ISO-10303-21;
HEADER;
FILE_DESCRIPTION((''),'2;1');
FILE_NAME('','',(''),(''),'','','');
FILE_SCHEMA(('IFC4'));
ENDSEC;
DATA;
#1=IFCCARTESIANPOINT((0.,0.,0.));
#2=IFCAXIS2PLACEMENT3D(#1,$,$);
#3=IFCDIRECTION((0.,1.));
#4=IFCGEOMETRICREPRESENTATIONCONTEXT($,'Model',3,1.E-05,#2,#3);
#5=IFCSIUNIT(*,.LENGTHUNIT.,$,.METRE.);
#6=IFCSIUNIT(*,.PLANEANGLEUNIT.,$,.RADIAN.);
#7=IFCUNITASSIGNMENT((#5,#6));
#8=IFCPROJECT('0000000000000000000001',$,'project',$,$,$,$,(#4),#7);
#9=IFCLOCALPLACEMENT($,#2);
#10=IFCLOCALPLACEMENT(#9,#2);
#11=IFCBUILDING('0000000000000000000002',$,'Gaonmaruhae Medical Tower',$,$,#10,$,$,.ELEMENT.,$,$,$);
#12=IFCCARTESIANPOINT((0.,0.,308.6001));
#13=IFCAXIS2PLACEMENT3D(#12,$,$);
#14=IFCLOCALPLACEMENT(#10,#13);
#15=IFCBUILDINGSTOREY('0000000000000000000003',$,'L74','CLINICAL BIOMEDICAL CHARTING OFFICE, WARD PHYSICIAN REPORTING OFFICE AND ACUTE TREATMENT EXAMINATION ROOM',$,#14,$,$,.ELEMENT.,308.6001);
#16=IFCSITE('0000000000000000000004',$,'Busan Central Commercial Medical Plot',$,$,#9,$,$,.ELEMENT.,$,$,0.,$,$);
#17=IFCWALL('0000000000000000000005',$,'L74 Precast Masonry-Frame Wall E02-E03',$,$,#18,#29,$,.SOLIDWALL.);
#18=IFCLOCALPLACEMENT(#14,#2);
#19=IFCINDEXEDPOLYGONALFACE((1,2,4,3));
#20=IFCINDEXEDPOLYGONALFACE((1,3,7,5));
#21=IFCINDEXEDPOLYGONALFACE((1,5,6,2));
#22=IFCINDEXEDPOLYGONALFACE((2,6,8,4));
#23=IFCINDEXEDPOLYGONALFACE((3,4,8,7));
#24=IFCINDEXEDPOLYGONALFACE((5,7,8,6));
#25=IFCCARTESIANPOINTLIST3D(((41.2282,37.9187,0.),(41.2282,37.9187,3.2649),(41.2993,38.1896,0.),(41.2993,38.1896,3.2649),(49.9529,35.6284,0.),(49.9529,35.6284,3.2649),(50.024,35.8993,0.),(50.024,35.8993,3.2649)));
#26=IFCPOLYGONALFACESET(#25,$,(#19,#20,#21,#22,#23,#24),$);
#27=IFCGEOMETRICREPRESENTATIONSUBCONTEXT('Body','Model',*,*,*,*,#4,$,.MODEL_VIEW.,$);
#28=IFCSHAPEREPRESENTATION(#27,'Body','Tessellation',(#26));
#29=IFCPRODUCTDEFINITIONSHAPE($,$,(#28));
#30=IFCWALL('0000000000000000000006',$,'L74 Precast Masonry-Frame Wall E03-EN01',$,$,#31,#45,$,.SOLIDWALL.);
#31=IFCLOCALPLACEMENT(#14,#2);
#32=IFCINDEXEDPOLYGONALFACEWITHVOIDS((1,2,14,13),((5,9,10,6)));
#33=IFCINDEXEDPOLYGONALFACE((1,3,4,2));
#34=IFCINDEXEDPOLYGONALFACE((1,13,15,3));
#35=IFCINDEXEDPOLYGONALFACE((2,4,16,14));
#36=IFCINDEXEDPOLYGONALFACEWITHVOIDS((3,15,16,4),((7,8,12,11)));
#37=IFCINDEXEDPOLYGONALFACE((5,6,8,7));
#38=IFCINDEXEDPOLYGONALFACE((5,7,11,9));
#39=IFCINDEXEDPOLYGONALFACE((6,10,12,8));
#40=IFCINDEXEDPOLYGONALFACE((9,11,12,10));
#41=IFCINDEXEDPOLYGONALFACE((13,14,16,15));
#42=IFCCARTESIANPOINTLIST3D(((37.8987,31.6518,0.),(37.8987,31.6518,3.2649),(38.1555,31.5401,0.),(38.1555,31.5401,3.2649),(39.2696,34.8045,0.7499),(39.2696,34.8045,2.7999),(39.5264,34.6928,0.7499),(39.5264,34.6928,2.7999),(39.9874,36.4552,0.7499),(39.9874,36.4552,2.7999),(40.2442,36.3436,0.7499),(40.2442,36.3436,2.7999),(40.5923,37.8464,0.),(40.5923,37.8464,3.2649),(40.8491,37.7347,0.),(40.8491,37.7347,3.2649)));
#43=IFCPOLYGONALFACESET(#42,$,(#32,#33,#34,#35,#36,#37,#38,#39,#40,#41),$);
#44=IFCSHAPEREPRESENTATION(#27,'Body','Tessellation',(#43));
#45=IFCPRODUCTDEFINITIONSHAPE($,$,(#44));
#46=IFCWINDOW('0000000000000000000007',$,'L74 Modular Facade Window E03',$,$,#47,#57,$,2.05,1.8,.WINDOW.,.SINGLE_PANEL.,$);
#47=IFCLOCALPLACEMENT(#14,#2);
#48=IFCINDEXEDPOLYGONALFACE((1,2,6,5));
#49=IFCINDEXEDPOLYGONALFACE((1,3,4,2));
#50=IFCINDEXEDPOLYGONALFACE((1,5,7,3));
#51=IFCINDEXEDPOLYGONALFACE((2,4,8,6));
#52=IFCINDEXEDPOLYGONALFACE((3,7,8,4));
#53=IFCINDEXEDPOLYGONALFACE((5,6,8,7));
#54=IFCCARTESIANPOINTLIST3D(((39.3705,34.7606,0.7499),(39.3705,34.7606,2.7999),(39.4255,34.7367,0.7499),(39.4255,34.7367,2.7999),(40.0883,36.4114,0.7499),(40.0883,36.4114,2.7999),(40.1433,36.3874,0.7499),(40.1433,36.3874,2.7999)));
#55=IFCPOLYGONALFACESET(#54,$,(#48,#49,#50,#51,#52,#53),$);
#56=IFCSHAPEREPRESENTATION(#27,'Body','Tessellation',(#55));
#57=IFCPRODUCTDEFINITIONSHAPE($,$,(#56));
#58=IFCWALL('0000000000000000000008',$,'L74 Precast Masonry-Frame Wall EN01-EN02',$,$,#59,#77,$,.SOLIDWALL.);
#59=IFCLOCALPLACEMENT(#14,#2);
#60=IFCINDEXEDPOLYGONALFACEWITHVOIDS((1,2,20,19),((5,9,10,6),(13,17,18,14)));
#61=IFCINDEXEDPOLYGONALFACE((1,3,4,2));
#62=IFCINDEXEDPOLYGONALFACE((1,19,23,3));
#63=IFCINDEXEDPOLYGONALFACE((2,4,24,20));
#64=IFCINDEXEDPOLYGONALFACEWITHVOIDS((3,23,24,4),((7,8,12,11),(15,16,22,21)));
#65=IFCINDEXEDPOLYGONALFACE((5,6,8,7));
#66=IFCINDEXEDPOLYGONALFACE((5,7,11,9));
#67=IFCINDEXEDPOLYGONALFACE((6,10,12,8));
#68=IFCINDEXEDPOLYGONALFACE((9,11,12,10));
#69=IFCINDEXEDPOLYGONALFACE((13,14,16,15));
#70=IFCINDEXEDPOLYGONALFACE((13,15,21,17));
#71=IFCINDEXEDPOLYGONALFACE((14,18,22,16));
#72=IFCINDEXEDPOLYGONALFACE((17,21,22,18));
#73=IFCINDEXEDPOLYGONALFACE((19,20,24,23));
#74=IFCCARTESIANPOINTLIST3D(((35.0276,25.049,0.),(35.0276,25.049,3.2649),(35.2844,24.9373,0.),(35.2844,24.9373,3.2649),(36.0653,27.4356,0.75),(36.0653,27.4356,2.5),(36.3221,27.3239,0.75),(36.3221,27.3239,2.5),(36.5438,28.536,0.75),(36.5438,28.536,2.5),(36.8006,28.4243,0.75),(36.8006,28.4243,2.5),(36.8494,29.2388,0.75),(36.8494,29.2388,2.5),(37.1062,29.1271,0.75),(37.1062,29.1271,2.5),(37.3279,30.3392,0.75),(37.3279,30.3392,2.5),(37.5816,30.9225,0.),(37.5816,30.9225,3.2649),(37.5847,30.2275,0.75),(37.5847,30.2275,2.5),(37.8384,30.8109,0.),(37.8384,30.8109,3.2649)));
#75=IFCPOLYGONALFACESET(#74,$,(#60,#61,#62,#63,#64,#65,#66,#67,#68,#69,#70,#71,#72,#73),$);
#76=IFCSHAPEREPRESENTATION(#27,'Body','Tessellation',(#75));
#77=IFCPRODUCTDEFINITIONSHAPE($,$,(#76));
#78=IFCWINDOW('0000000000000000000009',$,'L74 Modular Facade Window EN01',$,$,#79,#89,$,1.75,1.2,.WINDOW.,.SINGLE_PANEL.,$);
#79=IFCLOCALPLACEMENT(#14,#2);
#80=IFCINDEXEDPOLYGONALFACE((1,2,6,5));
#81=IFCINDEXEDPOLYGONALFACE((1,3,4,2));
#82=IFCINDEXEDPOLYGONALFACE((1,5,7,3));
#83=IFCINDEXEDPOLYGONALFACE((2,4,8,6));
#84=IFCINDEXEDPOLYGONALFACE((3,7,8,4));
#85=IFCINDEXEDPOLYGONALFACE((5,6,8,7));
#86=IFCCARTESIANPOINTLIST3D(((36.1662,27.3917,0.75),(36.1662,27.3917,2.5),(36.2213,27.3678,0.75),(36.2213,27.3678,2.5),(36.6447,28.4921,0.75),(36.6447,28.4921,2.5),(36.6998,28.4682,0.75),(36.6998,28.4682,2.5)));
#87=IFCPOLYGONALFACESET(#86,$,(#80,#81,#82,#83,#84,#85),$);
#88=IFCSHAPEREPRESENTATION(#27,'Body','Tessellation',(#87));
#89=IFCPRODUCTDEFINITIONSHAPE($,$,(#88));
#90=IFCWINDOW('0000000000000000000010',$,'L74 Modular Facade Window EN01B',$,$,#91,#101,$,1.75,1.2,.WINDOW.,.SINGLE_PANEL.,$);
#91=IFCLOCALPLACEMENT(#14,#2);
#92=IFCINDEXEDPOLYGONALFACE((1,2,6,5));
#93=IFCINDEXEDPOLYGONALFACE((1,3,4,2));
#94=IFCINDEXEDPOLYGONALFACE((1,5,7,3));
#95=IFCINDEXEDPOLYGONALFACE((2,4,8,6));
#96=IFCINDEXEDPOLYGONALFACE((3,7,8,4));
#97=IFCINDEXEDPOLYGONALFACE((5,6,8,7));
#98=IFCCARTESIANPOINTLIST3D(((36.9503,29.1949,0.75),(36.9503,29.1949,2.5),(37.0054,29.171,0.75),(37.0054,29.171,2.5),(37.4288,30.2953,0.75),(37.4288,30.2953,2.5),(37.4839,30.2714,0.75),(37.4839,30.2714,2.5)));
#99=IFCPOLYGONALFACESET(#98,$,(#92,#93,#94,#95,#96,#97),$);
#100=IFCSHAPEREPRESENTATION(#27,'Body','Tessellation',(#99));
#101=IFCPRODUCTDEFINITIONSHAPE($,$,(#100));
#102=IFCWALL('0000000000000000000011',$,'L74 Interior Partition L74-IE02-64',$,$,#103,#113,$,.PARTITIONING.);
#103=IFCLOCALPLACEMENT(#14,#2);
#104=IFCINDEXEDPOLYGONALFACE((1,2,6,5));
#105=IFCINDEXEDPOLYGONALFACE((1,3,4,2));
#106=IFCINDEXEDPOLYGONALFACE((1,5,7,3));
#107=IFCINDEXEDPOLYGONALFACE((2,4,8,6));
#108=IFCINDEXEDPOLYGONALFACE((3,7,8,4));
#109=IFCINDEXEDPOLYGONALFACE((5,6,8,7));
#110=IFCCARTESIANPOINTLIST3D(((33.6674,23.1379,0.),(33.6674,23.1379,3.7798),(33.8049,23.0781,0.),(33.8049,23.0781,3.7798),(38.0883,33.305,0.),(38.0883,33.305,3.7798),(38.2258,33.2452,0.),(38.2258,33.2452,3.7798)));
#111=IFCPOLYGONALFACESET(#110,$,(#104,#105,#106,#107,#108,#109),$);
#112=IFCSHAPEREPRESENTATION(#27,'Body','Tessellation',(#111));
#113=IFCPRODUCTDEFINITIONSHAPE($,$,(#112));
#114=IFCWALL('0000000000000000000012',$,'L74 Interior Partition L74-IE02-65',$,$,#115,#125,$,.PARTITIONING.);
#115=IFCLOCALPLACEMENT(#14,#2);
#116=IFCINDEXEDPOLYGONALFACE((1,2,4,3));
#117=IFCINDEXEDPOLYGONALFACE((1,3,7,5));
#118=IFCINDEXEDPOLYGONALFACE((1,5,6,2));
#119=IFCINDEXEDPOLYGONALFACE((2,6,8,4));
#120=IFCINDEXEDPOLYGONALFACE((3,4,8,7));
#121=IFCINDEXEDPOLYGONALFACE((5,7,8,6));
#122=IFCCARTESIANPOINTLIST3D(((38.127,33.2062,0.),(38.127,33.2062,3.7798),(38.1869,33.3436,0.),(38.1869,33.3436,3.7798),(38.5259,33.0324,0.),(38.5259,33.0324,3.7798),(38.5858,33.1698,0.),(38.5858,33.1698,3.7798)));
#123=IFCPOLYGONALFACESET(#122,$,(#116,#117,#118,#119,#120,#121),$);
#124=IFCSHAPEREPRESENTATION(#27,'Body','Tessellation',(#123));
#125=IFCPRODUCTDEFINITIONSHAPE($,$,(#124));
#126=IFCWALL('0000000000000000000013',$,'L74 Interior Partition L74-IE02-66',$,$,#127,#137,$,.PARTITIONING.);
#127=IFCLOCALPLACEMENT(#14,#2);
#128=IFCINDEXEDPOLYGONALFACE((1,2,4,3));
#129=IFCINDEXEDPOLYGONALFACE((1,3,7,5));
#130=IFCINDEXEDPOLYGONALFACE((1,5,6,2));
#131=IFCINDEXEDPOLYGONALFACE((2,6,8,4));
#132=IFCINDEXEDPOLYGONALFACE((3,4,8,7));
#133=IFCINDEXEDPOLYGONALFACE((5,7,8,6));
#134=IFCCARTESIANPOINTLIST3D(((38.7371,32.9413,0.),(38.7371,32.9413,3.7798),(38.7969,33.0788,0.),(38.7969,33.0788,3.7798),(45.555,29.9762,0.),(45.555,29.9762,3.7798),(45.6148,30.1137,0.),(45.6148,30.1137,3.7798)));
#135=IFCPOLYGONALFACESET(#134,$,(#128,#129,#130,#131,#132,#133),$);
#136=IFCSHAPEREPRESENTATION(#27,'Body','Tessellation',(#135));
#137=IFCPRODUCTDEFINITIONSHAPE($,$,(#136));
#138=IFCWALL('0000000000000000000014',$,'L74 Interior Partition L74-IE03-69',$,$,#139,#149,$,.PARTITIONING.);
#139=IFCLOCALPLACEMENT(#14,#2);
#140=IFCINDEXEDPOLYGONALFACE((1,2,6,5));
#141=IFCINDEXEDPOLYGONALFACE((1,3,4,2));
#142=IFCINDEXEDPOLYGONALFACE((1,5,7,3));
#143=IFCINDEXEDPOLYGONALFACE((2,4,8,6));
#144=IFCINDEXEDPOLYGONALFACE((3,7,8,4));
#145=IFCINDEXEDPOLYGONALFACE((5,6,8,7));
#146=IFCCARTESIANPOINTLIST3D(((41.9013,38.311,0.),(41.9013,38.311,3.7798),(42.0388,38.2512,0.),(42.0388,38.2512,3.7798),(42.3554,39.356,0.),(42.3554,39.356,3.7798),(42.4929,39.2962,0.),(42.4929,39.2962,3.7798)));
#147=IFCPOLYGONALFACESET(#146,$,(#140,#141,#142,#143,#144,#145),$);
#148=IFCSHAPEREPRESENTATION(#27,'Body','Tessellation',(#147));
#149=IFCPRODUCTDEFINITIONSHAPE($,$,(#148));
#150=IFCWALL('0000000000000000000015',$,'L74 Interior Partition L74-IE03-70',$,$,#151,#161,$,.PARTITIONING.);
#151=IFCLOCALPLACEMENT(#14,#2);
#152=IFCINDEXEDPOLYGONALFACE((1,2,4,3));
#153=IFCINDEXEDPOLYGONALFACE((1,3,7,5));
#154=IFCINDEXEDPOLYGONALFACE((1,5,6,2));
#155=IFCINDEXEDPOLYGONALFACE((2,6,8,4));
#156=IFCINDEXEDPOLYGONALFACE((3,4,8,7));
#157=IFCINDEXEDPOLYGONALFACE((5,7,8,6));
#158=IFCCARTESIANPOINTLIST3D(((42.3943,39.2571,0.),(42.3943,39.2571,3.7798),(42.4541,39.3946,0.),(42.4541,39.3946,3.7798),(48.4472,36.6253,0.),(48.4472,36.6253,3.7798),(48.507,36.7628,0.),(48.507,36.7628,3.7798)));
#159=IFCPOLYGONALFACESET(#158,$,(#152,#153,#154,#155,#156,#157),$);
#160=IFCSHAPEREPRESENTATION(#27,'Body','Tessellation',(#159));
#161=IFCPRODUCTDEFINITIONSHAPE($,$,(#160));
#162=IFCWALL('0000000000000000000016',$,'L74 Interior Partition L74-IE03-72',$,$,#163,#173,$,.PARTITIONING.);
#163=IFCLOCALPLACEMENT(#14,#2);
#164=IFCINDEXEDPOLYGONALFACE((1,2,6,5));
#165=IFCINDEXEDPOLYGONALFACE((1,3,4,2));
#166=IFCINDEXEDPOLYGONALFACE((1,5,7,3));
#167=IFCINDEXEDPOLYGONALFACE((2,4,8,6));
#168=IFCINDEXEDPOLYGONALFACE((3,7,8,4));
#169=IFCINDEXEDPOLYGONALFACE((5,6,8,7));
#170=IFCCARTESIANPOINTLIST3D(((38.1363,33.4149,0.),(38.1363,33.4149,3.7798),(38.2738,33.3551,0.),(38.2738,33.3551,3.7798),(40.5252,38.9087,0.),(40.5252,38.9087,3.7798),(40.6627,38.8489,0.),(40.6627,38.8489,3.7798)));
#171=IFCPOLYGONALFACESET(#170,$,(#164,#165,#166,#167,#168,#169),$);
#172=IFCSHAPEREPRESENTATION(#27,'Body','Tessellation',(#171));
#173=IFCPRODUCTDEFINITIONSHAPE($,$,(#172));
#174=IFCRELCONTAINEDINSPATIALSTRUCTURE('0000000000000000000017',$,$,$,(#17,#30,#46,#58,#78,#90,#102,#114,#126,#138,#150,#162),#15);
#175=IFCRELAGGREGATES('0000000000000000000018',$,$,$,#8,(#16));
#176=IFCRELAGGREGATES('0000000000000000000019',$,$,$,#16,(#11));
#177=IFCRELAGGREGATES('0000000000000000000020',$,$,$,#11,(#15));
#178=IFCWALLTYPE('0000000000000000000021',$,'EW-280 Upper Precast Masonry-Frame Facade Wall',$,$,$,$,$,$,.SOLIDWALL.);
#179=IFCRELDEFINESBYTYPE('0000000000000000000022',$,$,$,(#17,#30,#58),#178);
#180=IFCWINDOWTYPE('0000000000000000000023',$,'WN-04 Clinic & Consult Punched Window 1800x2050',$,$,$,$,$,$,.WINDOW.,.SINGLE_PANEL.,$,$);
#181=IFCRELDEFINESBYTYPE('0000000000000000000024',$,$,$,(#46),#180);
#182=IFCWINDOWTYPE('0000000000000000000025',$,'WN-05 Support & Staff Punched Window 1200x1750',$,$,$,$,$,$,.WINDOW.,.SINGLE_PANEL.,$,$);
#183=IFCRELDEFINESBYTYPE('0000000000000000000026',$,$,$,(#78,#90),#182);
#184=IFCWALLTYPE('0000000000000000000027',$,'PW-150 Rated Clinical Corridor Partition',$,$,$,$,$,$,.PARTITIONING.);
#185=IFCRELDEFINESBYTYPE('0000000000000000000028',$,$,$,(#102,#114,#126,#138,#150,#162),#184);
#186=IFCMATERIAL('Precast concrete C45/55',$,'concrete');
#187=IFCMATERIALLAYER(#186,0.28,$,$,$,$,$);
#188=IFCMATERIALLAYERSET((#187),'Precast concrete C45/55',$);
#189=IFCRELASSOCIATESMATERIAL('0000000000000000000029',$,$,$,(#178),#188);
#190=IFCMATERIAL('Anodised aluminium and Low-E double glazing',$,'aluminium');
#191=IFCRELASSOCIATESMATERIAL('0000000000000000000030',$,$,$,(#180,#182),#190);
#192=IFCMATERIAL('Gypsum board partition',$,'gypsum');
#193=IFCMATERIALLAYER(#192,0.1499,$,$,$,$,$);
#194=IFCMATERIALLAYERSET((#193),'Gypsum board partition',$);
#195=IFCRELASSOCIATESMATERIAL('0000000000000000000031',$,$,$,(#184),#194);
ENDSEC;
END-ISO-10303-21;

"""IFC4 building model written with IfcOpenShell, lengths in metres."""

from ifc_helpers import new_model, si_unit, direction, frame, frame_2d, origin, place, context, subcontext, project, spatial, rectangle, extrude, material, layer, layer_set, type_object, element, fill, save


model = new_model("IFC4")

# Units and contexts
model_context = context("Model", 3, precision=1e-05, world=origin(), true_north=direction((0.0, 1.0)))
body_context = subcontext(model_context, "Body", "Model", "MODEL_VIEW")
ifc_project = project(units=[si_unit("LENGTHUNIT", "METRE"), si_unit("PLANEANGLEUNIT", "RADIAN")], contexts=[model_context])

# Site, building, storey
site_placement = place(None, origin())
site = spatial("IfcSite", under=ifc_project, at=site_placement, Name="Busan Central Commercial Medical Plot", CompositionType="ELEMENT", RefElevation=0.0)
building_placement = place(site_placement, origin())
building = spatial("IfcBuilding", under=site, at=building_placement, Name="Gaonmaruhae Medical Tower", CompositionType="ELEMENT")
storey_placement = place(building_placement, frame((0.0, 0.0, 308.6001)))
storey = spatial("IfcBuildingStorey", under=building, at=storey_placement, Name="L74", Description="CLINICAL BIOMEDICAL CHARTING OFFICE, WARD PHYSICIAN REPORTING OFFICE AND ACUTE TREATMENT EXAMINATION ROOM", CompositionType="ELEMENT", Elevation=308.6001)

# Wall
ifc_material_1 = material(Name="Precast concrete C45/55", Category="concrete")
ifc_layer_1 = layer(ifc_material_1, 0.28)
ifc_layer_set_1 = layer_set([ifc_layer_1], Name="Precast concrete C45/55")
wall_type_1 = type_object("IfcWallType", Name="EW-280 Upper Precast Masonry-Frame Facade Wall", PredefinedType="SOLIDWALL", material=ifc_layer_set_1)
wall_1_placement = place(storey_placement, frame((41.2637, 38.0542, 0.0), z_axis=(0.0, 0.0, 1.0), x_axis=(0.967229, -0.253906, 0.0)))
element("IfcWall", 1, at=wall_1_placement, inside=storey, type_object=wall_type_1, Name="L74 Precast Masonry-Frame Wall E02-E03", PredefinedType="SOLIDWALL", context=body_context, shape_type="SweptSolid", body=[
    extrude(rectangle(XDim=9.0203, YDim=0.28, at=frame_2d((4.5103, 0.0))), origin(), (0.0, 0.0, 1.0), 3.2649),
])

# Wall, opening, window
wall_2_placement = place(storey_placement, frame((38.0271, 31.5959, 0.0), z_axis=(0.0, 0.0, 1.0), x_axis=(0.398764, 0.917053, 0.0)))
wall_2 = element("IfcWall", 2, at=wall_2_placement, inside=storey, type_object=wall_type_1, Name="L74 Precast Masonry-Frame Wall E03-EN01", PredefinedType="SOLIDWALL", context=body_context, shape_type="SweptSolid", body=[
    extrude(rectangle(XDim=6.7549, YDim=0.28, at=frame_2d((3.3774, 0.0))), origin(), (0.0, 0.0, 1.0), 3.2649),
])
opening_1_placement = place(wall_2_placement, frame((3.438, 0.0, 0.75)))
opening_1 = element("IfcOpeningElement", 3, at=opening_1_placement, cuts=wall_2, PredefinedType="OPENING", context=body_context, shape_type="SweptSolid", body=[
    extrude(rectangle(XDim=1.8, YDim=2.05, at=frame_2d((0.8999, 1.0249))), frame((0.0, 0.1499, 0.0), z_axis=(0.0, -1.0, 0.0), x_axis=(1.0, 0.0, 0.0)), (0.0, 0.0, 1.0), 0.3),
])
ifc_material_2 = material(Name="Anodised aluminium and Low-E double glazing", Category="aluminium")
window_type_1 = type_object("IfcWindowType", Name="WN-04 Clinic & Consult Punched Window 1800x2050", PartitioningType="SINGLE_PANEL", PredefinedType="WINDOW", material=ifc_material_2)
window_1_placement = place(opening_1_placement, origin())
window_1 = element("IfcWindow", 4, at=window_1_placement, inside=storey, type_object=window_type_1, Name="L74 Modular Facade Window E03", OverallHeight=2.05, OverallWidth=1.8, PartitioningType="SINGLE_PANEL", PredefinedType="WINDOW", context=body_context, shape_type="SweptSolid", body=[
    extrude(rectangle(XDim=1.8, YDim=2.05, at=frame_2d((0.8999, 1.0249))), frame((0.0, 0.03, 0.0), z_axis=(0.0, -1.0, 0.0), x_axis=(1.0, 0.0, 0.0)), (0.0, 0.0, 1.0), 0.0601),
])
fill(opening_1, window_1)

# Wall, openings, windows
wall_3_placement = place(storey_placement, frame((35.156, 24.9932, 0.0), z_axis=(0.0, 0.0, 1.0), x_axis=(0.398758, 0.917056, 0.0)))
wall_3 = element("IfcWall", 5, at=wall_3_placement, inside=storey, type_object=wall_type_1, Name="L74 Precast Masonry-Frame Wall EN01-EN02", PredefinedType="SOLIDWALL", context=body_context, shape_type="SweptSolid", body=[
    extrude(rectangle(XDim=6.4048, YDim=0.28, at=frame_2d((3.2024, 0.0))), origin(), (0.0, 0.0, 1.0), 3.2649),
])
opening_2_placement = place(wall_3_placement, frame((2.6023, 0.0, 0.75)))
opening_2 = element("IfcOpeningElement", 6, at=opening_2_placement, cuts=wall_3, PredefinedType="OPENING", context=body_context, shape_type="SweptSolid", body=[
    extrude(rectangle(XDim=1.2, YDim=1.75, at=frame_2d((0.6001, 0.875))), frame((0.0, 0.1499, 0.0), z_axis=(0.0, -1.0, 0.0), x_axis=(1.0, 0.0, 0.0)), (0.0, 0.0, 1.0), 0.3),
])
opening_3_placement = place(wall_3_placement, frame((4.5686, 0.0, 0.75)))
opening_3 = element("IfcOpeningElement", 7, at=opening_3_placement, cuts=wall_3, PredefinedType="OPENING", context=body_context, shape_type="SweptSolid", body=[
    extrude(rectangle(XDim=1.2, YDim=1.75, at=frame_2d((0.6001, 0.875))), frame((0.0, 0.1499, 0.0), z_axis=(0.0, -1.0, 0.0), x_axis=(1.0, 0.0, 0.0)), (0.0, 0.0, 1.0), 0.3),
])
window_type_2 = type_object("IfcWindowType", Name="WN-05 Support & Staff Punched Window 1200x1750", PartitioningType="SINGLE_PANEL", PredefinedType="WINDOW", material=ifc_material_2)
window_2_placement = place(opening_2_placement, origin())
window_2 = element("IfcWindow", 8, at=window_2_placement, inside=storey, type_object=window_type_2, Name="L74 Modular Facade Window EN01", OverallHeight=1.75, OverallWidth=1.2, PartitioningType="SINGLE_PANEL", PredefinedType="WINDOW", context=body_context, shape_type="SweptSolid", body=[
    extrude(rectangle(XDim=1.2, YDim=1.75, at=frame_2d((0.6001, 0.875))), frame((0.0, 0.03, 0.0), z_axis=(0.0, -1.0, 0.0), x_axis=(1.0, 0.0, 0.0)), (0.0, 0.0, 1.0), 0.0601),
])
fill(opening_2, window_2)
window_3_placement = place(opening_3_placement, origin())
window_3 = element("IfcWindow", 9, at=window_3_placement, inside=storey, type_object=window_type_2, Name="L74 Modular Facade Window EN01B", OverallHeight=1.75, OverallWidth=1.2, PartitioningType="SINGLE_PANEL", PredefinedType="WINDOW", context=body_context, shape_type="SweptSolid", body=[
    extrude(rectangle(XDim=1.2, YDim=1.75, at=frame_2d((0.6001, 0.875))), frame((0.0, 0.03, 0.0), z_axis=(0.0, -1.0, 0.0), x_axis=(1.0, 0.0, 0.0)), (0.0, 0.0, 1.0), 0.0601),
])
fill(opening_3, window_3)

# Walls
ifc_material_3 = material(Name="Gypsum board partition", Category="gypsum")
ifc_layer_2 = layer(ifc_material_3, 0.1499)
ifc_layer_set_2 = layer_set([ifc_layer_2], Name="Gypsum board partition")
wall_type_2 = type_object("IfcWallType", Name="PW-150 Rated Clinical Corridor Partition", PredefinedType="PARTITIONING", material=ifc_layer_set_2)
wall_4_placement = place(storey_placement, frame((33.7361, 23.1079, 0.0), z_axis=(0.0, 0.0, 1.0), x_axis=(0.398762, 0.917055, 0.0)))
element("IfcWall", 10, at=wall_4_placement, inside=storey, type_object=wall_type_2, Name="L74 Interior Partition L74-IE02-64", PredefinedType="PARTITIONING", context=body_context, shape_type="SweptSolid", body=[
    extrude(rectangle(XDim=11.0867, YDim=0.1499, at=frame_2d((5.5435, 0.0))), origin(), (0.0, 0.0, 1.0), 3.7798),
])
wall_5_placement = place(storey_placement, frame((38.157, 33.2749, 0.0), z_axis=(0.0, 0.0, 1.0), x_axis=(0.916749, -0.399465, 0.0)))
element("IfcWall", 11, at=wall_5_placement, inside=storey, type_object=wall_type_2, Name="L74 Interior Partition L74-IE02-65", PredefinedType="PARTITIONING", context=body_context, shape_type="SweptSolid", body=[
    extrude(rectangle(XDim=0.4351, YDim=0.1499, at=frame_2d((0.2175, 0.0))), origin(), (0.0, 0.0, 1.0), 3.7798),
])
wall_6_placement = place(storey_placement, frame((38.7671, 33.01, 0.0), z_axis=(0.0, 0.0, 1.0), x_axis=(0.917031, -0.398816, 0.0)))
element("IfcWall", 12, at=wall_6_placement, inside=storey, type_object=wall_type_2, Name="L74 Interior Partition L74-IE02-66", PredefinedType="PARTITIONING", context=body_context, shape_type="SweptSolid", body=[
    extrude(rectangle(XDim=7.4348, YDim=0.1499, at=frame_2d((3.7173, 0.0))), origin(), (0.0, 0.0, 1.0), 3.7798),
])
wall_7_placement = place(storey_placement, frame((41.97, 38.281, 0.0), z_axis=(0.0, 0.0, 1.0), x_axis=(0.398569, 0.917138, 0.0)))
element("IfcWall", 13, at=wall_7_placement, inside=storey, type_object=wall_type_2, Name="L74 Interior Partition L74-IE03-69", PredefinedType="PARTITIONING", context=body_context, shape_type="SweptSolid", body=[
    extrude(rectangle(XDim=1.1394, YDim=0.1499, at=frame_2d((0.5698, 0.0))), origin(), (0.0, 0.0, 1.0), 3.7798),
])
wall_8_placement = place(storey_placement, frame((42.4241, 39.3259, 0.0), z_axis=(0.0, 0.0, 1.0), x_axis=(0.917064, -0.39874, 0.0)))
element("IfcWall", 14, at=wall_8_placement, inside=storey, type_object=wall_type_2, Name="L74 Interior Partition L74-IE03-70", PredefinedType="PARTITIONING", context=body_context, shape_type="SweptSolid", body=[
    extrude(rectangle(XDim=6.6003, YDim=0.1499, at=frame_2d((3.3003, 0.0))), origin(), (0.0, 0.0, 1.0), 3.7798),
])
wall_9_placement = place(storey_placement, frame((38.2051, 33.385, 0.0), z_axis=(0.0, 0.0, 1.0), x_axis=(0.398763, 0.917054, 0.0)))
element("IfcWall", 15, at=wall_9_placement, inside=storey, type_object=wall_type_2, Name="L74 Interior Partition L74-IE03-72", PredefinedType="PARTITIONING", context=body_context, shape_type="SweptSolid", body=[
    extrude(rectangle(XDim=5.9907, YDim=0.1499, at=frame_2d((2.9954, 0.0))), origin(), (0.0, 0.0, 1.0), 3.7798),
])

save(model, "model.ifc")
